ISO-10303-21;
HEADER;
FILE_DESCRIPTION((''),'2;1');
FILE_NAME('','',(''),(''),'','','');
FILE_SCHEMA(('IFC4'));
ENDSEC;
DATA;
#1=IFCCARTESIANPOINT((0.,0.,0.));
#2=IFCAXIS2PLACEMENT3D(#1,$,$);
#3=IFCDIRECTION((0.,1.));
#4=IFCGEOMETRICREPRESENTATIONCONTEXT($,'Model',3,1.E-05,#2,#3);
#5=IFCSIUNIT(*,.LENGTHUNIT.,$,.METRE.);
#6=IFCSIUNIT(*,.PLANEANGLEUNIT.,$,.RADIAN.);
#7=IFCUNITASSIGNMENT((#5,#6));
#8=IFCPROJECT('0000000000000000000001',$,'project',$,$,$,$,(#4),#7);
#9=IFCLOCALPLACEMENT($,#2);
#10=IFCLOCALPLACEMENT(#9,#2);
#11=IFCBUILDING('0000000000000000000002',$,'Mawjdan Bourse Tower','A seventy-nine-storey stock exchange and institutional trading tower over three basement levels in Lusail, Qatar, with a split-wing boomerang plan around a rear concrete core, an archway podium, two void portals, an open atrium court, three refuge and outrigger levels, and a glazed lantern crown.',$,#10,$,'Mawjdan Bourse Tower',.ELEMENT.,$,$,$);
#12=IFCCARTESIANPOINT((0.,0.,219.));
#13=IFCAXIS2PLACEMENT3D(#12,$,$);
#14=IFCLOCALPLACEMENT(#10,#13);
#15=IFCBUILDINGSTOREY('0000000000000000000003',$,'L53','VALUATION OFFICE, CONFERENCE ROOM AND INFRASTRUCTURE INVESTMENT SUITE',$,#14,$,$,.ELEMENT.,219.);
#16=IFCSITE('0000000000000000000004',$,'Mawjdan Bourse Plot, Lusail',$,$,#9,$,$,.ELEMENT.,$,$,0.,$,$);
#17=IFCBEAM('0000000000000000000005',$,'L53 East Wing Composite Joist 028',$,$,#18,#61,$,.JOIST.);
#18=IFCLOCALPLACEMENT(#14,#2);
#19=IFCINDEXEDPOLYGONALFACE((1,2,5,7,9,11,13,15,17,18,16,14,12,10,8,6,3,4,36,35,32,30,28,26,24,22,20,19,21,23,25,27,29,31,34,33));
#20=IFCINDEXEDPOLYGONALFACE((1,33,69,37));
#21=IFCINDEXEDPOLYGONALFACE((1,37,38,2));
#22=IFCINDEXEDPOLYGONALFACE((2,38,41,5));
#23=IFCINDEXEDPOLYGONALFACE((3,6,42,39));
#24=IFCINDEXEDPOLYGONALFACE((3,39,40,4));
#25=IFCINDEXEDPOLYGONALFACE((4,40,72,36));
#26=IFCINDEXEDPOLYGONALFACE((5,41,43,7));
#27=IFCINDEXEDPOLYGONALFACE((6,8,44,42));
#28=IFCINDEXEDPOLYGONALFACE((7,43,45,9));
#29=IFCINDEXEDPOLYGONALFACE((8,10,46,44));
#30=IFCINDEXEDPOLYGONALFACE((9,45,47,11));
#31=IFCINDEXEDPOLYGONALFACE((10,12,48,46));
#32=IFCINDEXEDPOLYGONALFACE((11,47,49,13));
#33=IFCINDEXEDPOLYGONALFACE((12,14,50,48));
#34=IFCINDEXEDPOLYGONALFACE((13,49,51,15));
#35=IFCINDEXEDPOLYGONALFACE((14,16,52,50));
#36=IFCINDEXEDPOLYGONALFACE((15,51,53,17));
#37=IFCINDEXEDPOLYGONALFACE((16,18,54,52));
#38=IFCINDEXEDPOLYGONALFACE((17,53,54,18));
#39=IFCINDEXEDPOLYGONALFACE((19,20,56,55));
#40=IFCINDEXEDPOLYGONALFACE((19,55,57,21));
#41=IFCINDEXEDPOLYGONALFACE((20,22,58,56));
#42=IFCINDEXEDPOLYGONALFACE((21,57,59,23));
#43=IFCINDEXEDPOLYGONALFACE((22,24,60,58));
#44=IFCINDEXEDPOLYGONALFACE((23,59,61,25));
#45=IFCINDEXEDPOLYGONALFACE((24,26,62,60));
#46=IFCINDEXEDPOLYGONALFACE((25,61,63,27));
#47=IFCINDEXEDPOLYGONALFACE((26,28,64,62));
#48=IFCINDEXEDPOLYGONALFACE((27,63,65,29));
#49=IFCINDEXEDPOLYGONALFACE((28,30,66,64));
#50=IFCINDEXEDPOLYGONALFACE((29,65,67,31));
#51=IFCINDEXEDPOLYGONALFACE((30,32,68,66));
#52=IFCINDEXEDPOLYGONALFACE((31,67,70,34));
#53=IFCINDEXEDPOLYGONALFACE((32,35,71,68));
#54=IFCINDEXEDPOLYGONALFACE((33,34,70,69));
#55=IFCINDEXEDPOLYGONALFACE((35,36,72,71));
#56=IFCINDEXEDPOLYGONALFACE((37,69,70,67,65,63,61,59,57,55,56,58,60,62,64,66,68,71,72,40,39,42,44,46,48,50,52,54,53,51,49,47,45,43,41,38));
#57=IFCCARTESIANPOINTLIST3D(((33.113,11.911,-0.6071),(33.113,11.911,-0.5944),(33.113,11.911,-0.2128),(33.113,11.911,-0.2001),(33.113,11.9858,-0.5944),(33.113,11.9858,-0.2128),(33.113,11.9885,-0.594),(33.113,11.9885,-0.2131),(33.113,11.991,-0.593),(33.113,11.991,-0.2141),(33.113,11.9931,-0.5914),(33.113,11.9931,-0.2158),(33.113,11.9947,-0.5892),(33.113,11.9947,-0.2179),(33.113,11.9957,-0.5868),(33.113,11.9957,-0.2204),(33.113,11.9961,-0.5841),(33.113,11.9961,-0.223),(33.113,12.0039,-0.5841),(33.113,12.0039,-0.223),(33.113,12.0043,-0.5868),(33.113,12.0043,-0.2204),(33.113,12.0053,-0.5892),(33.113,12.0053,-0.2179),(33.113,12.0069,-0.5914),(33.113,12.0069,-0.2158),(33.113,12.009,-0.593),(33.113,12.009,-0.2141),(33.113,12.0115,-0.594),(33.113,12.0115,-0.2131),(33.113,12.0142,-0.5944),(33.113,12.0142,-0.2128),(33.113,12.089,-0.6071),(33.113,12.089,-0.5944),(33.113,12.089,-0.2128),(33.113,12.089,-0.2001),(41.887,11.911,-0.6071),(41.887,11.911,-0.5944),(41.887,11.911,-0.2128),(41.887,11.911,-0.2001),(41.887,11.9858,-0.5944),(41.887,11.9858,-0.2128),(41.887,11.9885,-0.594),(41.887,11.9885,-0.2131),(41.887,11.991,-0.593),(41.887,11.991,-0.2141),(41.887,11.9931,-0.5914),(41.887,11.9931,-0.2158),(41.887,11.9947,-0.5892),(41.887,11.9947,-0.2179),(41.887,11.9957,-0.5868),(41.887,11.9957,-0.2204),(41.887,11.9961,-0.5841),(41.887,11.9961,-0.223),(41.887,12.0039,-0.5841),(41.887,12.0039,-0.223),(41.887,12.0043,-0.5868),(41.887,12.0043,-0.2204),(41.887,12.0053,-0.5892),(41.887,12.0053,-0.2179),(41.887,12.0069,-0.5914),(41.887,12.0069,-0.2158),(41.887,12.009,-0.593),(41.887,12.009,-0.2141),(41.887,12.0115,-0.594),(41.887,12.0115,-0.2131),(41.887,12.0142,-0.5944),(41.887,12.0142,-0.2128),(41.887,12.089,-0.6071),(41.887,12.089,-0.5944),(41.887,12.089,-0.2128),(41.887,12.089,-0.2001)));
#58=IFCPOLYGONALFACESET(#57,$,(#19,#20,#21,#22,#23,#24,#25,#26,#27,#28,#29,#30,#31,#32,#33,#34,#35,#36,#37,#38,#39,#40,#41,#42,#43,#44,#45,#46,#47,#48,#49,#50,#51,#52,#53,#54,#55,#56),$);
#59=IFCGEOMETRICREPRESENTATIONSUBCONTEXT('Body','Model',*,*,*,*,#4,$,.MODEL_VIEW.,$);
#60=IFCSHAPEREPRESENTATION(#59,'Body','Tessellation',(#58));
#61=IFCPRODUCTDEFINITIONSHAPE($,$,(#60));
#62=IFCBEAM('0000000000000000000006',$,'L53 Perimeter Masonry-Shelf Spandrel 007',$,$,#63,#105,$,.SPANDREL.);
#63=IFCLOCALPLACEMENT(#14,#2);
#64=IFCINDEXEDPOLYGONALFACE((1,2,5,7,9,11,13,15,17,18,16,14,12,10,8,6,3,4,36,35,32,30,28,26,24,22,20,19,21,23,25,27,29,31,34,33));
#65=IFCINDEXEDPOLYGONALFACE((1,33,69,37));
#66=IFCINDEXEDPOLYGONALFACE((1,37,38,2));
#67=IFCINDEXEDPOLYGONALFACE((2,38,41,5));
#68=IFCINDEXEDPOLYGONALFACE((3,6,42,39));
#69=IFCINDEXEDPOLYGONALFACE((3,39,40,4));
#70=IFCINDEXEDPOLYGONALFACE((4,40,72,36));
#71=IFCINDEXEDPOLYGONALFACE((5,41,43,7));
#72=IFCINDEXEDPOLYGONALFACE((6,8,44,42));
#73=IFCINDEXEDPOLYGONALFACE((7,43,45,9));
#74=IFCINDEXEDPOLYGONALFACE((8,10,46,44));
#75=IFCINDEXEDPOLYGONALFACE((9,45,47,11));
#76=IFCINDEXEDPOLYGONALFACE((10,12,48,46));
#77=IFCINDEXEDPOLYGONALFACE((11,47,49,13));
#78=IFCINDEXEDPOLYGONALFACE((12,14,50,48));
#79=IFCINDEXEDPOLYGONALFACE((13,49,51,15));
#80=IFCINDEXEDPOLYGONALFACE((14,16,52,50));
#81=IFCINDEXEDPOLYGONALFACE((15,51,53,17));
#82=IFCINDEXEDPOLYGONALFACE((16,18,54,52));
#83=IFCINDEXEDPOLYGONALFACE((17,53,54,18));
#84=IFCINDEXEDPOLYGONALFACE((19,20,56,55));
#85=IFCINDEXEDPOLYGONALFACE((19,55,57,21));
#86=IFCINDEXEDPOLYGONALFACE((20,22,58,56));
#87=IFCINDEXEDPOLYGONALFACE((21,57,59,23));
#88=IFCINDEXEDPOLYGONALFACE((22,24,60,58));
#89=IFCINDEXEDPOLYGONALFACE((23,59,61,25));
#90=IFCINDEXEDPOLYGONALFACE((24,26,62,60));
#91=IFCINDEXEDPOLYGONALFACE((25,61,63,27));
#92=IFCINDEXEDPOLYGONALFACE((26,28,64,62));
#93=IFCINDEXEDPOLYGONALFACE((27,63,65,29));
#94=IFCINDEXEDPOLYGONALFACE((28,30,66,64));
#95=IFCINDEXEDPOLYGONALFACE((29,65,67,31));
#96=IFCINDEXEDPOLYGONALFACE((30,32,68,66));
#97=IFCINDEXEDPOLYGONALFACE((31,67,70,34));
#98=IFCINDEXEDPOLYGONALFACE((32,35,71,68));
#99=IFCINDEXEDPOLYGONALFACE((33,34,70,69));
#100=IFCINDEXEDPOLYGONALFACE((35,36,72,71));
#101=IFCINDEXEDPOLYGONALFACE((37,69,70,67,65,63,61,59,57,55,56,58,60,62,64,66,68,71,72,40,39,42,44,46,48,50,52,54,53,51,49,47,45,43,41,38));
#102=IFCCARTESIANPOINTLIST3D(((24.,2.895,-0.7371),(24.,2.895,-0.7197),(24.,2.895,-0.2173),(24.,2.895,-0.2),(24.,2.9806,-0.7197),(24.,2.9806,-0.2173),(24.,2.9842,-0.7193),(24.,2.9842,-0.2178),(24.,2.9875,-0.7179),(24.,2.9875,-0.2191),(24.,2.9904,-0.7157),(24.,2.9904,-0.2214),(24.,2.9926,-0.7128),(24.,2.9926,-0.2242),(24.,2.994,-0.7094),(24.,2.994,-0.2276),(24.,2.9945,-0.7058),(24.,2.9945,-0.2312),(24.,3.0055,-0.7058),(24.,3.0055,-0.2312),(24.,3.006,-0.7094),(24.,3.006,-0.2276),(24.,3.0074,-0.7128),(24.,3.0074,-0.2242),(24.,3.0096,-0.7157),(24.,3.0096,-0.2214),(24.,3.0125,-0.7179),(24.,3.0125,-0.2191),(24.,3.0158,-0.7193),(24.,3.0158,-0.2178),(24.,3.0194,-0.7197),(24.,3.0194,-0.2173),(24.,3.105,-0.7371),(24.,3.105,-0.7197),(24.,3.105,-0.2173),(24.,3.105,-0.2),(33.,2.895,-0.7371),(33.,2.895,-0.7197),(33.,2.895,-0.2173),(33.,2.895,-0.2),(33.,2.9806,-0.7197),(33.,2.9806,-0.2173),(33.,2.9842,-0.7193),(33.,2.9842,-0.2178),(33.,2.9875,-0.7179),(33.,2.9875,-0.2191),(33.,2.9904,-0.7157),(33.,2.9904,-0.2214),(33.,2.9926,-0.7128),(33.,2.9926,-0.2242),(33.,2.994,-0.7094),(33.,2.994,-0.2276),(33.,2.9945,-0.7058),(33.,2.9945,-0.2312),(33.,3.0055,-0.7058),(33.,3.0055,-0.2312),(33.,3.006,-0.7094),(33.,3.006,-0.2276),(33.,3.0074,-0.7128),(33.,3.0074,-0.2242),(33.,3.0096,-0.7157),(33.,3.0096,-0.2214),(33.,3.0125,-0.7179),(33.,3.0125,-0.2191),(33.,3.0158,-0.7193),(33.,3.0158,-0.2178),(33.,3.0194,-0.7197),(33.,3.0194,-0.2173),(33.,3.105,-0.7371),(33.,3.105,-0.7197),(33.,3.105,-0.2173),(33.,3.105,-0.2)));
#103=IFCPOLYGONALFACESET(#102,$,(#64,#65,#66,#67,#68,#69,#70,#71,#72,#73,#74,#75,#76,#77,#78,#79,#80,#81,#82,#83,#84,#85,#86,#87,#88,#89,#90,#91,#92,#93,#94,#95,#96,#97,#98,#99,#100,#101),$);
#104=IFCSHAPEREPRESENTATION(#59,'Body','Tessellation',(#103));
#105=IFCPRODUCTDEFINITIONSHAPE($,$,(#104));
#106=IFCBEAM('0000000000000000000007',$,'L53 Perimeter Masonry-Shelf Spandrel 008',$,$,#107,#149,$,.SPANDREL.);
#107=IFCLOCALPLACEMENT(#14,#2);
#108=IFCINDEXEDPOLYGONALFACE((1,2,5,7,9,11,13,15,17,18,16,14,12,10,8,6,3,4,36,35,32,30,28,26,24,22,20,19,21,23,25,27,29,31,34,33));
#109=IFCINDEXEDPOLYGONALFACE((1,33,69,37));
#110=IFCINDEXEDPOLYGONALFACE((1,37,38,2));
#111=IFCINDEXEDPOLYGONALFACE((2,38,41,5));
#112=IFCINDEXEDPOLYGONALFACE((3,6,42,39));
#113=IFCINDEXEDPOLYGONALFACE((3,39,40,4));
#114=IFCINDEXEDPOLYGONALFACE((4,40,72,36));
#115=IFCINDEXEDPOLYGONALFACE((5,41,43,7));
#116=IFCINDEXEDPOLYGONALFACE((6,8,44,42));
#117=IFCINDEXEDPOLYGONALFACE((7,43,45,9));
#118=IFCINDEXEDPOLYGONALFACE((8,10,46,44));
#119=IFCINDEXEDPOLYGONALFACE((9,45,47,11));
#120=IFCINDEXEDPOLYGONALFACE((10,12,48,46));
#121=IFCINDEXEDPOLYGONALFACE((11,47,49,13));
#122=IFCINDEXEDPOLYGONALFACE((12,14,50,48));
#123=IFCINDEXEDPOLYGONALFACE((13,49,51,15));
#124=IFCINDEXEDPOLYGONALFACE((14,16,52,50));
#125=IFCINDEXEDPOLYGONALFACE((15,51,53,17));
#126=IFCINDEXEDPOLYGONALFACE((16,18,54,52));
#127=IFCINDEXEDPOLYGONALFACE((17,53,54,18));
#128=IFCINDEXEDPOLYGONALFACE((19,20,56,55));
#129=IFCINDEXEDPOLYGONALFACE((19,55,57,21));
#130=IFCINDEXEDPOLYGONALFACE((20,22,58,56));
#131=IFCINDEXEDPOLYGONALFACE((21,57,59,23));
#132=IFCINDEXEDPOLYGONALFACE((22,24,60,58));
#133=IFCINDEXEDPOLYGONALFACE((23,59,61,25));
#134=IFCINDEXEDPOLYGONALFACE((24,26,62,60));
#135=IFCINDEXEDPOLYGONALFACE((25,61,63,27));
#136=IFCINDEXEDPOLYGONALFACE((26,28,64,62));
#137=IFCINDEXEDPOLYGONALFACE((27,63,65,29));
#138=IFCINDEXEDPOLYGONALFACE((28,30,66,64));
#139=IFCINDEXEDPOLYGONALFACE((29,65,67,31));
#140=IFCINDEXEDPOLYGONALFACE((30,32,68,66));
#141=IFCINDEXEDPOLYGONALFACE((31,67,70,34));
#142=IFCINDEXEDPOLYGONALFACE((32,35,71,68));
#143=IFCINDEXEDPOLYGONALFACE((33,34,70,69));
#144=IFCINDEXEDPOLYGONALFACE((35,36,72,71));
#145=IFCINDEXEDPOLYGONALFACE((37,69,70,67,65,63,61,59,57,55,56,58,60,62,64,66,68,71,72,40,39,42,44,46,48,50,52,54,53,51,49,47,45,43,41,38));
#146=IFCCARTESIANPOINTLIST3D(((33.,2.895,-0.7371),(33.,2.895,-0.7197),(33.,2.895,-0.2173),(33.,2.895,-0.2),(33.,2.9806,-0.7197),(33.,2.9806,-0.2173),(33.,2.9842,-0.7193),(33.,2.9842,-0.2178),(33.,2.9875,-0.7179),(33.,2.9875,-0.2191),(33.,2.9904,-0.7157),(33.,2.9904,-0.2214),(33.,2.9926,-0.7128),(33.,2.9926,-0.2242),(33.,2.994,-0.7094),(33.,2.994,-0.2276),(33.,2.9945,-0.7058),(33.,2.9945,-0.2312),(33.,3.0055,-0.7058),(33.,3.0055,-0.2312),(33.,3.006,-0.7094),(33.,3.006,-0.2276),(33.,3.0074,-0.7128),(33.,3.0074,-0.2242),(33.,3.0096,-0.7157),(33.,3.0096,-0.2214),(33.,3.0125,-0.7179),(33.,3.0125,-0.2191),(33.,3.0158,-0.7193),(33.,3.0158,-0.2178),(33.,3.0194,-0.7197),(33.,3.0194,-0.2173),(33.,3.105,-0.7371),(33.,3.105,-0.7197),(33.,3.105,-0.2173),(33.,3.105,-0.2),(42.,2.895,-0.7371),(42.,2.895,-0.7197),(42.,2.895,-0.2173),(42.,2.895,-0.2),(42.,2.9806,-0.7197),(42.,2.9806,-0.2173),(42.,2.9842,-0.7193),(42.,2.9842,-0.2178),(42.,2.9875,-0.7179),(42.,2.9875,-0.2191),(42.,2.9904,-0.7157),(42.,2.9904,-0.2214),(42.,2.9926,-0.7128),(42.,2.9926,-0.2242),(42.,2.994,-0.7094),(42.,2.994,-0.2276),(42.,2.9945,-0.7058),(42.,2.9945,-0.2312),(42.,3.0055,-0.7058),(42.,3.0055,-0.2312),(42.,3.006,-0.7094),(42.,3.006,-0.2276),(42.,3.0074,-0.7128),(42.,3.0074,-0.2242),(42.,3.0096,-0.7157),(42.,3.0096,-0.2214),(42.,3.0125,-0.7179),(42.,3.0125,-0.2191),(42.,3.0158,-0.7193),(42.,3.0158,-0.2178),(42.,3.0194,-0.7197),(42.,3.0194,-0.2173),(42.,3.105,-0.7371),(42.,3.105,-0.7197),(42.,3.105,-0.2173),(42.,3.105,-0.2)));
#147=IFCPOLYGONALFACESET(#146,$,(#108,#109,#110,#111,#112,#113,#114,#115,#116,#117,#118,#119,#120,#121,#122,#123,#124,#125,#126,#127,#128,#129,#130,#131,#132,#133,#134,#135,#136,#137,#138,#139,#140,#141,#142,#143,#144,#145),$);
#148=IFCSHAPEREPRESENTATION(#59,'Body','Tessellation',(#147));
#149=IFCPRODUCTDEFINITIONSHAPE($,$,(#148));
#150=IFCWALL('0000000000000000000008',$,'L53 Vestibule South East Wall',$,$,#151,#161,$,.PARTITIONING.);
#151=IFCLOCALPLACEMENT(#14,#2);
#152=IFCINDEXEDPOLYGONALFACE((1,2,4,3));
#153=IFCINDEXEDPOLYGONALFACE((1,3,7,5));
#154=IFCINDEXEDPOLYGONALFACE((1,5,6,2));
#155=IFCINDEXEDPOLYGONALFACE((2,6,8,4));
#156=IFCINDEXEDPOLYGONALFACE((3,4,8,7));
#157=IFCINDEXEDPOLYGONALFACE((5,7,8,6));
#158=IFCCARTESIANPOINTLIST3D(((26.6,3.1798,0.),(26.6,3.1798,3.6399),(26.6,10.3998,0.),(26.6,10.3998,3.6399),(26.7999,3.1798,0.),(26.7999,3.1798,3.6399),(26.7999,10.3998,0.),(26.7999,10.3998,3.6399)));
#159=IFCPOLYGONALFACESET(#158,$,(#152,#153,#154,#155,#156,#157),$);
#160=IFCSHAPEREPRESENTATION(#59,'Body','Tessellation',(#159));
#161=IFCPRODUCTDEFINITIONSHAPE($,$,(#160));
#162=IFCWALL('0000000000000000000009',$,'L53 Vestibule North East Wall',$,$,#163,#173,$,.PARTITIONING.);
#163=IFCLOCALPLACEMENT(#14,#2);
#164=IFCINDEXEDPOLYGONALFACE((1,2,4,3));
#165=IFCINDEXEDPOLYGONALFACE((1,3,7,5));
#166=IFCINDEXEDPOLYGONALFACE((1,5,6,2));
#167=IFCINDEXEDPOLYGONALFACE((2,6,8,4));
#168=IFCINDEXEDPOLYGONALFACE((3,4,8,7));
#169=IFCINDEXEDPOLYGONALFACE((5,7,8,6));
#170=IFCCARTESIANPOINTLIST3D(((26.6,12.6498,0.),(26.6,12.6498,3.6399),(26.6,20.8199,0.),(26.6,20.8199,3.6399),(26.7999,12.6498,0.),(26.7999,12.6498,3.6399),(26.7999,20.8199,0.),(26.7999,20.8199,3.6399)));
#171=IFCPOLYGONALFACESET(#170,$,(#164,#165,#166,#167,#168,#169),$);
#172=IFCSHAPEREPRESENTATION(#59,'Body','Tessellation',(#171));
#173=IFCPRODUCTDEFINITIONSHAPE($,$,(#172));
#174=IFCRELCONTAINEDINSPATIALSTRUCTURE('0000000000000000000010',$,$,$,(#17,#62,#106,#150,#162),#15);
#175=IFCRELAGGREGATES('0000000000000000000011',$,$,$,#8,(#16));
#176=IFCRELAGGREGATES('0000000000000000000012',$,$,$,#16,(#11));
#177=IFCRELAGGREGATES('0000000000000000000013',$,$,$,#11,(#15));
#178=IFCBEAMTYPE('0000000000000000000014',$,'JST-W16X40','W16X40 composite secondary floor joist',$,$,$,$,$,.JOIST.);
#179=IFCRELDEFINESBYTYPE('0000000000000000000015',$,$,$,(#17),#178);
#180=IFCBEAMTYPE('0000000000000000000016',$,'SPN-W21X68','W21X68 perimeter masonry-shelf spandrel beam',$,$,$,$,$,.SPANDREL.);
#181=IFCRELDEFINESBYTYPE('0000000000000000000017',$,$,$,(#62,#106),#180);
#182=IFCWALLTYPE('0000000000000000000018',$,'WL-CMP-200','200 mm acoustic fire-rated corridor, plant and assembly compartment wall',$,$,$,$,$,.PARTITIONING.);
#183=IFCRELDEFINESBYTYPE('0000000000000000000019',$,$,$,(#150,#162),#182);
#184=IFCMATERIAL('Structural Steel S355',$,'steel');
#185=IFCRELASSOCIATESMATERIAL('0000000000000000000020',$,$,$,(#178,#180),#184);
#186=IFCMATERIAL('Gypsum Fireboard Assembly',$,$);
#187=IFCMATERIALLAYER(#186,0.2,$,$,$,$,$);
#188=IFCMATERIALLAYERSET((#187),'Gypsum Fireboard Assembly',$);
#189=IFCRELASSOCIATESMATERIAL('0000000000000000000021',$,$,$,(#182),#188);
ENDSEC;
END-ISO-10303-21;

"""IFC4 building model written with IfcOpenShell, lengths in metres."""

from ifc_helpers import new_model, si_unit, direction, frame, frame_2d, origin, origin_2d, place, context, subcontext, project, spatial, rectangle, i_section, extrude, material, layer, layer_set, material_profile, profile_set, type_object, element, save


model = new_model("IFC4")

# Units and contexts
model_context = context("Model", 3, precision=1e-05, world=origin(), true_north=direction((0.0, 1.0)))
body_context = subcontext(model_context, "Body", "Model", "MODEL_VIEW")
ifc_project = project(units=[si_unit("LENGTHUNIT", "METRE"), si_unit("PLANEANGLEUNIT", "RADIAN")], contexts=[model_context])

# Site, building, storey
site_placement = place(None, origin())
site = spatial("IfcSite", under=ifc_project, at=site_placement, Name="Mawjdan Bourse Plot, Lusail", CompositionType="ELEMENT", RefElevation=0.0)
building_placement = place(site_placement, origin())
building = spatial("IfcBuilding", under=site, at=building_placement, Name="Mawjdan Bourse Tower", Description="A seventy-nine-storey stock exchange and institutional trading tower over three basement levels in Lusail, Qatar, with a split-wing boomerang plan around a rear concrete core, an archway podium, two void portals, an open atrium court, three refuge and outrigger levels, and a glazed lantern crown.", LongName="Mawjdan Bourse Tower", CompositionType="ELEMENT")
storey_placement = place(building_placement, frame((0.0, 0.0, 219.0)))
storey = spatial("IfcBuildingStorey", under=building, at=storey_placement, Name="L53", Description="VALUATION OFFICE, CONFERENCE ROOM AND INFRASTRUCTURE INVESTMENT SUITE", CompositionType="ELEMENT", Elevation=219.0)

# Beams
ifc_material_1 = material(Name="Structural Steel S355", Category="steel")
ifc_material_profile_1 = material_profile(ifc_material_1, i_section(OverallWidth=0.178, OverallDepth=0.407, WebThickness=0.0078, FlangeThickness=0.0127, FilletRadius=0.0103, at=origin_2d()), Name="W16X40")
ifc_profile_set_1 = profile_set([ifc_material_profile_1], Name="Structural Steel S355")
beam_type_1 = type_object("IfcBeamType", Name="JST-W16X40", Description="W16X40 composite secondary floor joist", PredefinedType="JOIST", material=ifc_profile_set_1)
for number, where, z_axis, x_axis, name in (
    (1, (33.113, 12.0, -0.4036), (1.0, 0.0, 0.0), (0.0, 1.0, 0.0), "L53 East Wing Composite Joist 028"),
):
    element("IfcBeam", number, at=place(storey_placement, frame(where, z_axis=z_axis, x_axis=x_axis)), inside=storey, type_object=beam_type_1, Name=name, PredefinedType="JOIST", context=body_context, shape_type="SweptSolid", body=[
        extrude(i_section(OverallWidth=0.178, OverallDepth=0.407, WebThickness=0.0078, FlangeThickness=0.0127, FilletRadius=0.0103, at=origin_2d()), origin(), (0.0, 0.0, 1.0), 8.7739),
    ])
ifc_material_profile_2 = material_profile(ifc_material_1, i_section(OverallWidth=0.21, OverallDepth=0.5371, WebThickness=0.011, FlangeThickness=0.0173, FilletRadius=0.0139, at=origin_2d()), Name="W21X68")
ifc_profile_set_2 = profile_set([ifc_material_profile_2], Name="Structural Steel S355")
beam_type_2 = type_object("IfcBeamType", Name="SPN-W21X68", Description="W21X68 perimeter masonry-shelf spandrel beam", PredefinedType="SPANDREL", material=ifc_profile_set_2)
for number, where, z_axis, x_axis, name in (
    (2, (24.0, 3.0, -0.4685), (1.0, 0.0, 0.0), (0.0, 1.0, 0.0), "L53 Perimeter Masonry-Shelf Spandrel 007"),
    (3, (33.0, 3.0, -0.4685), (1.0, 0.0, 0.0), (0.0, 1.0, 0.0), "L53 Perimeter Masonry-Shelf Spandrel 008"),
):
    element("IfcBeam", number, at=place(storey_placement, frame(where, z_axis=z_axis, x_axis=x_axis)), inside=storey, type_object=beam_type_2, Name=name, PredefinedType="SPANDREL", context=body_context, shape_type="SweptSolid", body=[
        extrude(i_section(OverallWidth=0.21, OverallDepth=0.5371, WebThickness=0.011, FlangeThickness=0.0173, FilletRadius=0.0139, at=origin_2d()), origin(), (0.0, 0.0, 1.0), 9.0),
    ])

# Walls
ifc_material_2 = material(Name="Gypsum Fireboard Assembly")
ifc_layer_1 = layer(ifc_material_2, 0.2)
ifc_layer_set_1 = layer_set([ifc_layer_1], Name="Gypsum Fireboard Assembly")
wall_type_1 = type_object("IfcWallType", Name="WL-CMP-200", Description="200 mm acoustic fire-rated corridor, plant and assembly compartment wall", PredefinedType="PARTITIONING", material=ifc_layer_set_1)
wall_1_placement = place(storey_placement, frame((26.7, 3.1799, 0.0), z_axis=(0.0, 0.0, 1.0), x_axis=(0.0, 1.0, 0.0)))
element("IfcWall", 4, at=wall_1_placement, inside=storey, type_object=wall_type_1, Name="L53 Vestibule South East Wall", PredefinedType="PARTITIONING", context=body_context, shape_type="SweptSolid", body=[
    extrude(rectangle(XDim=7.22, YDim=0.2, at=frame_2d((3.6099, 0.0))), origin(), (0.0, 0.0, 1.0), 3.6399),
])
wall_2_placement = place(storey_placement, frame((26.7, 12.6499, 0.0), z_axis=(0.0, 0.0, 1.0), x_axis=(0.0, 1.0, 0.0)))
element("IfcWall", 5, at=wall_2_placement, inside=storey, type_object=wall_type_1, Name="L53 Vestibule North East Wall", PredefinedType="PARTITIONING", context=body_context, shape_type="SweptSolid", body=[
    extrude(rectangle(XDim=8.1702, YDim=0.2, at=frame_2d((4.085, 0.0))), origin(), (0.0, 0.0, 1.0), 3.6399),
])

save(model, "model.ifc")
